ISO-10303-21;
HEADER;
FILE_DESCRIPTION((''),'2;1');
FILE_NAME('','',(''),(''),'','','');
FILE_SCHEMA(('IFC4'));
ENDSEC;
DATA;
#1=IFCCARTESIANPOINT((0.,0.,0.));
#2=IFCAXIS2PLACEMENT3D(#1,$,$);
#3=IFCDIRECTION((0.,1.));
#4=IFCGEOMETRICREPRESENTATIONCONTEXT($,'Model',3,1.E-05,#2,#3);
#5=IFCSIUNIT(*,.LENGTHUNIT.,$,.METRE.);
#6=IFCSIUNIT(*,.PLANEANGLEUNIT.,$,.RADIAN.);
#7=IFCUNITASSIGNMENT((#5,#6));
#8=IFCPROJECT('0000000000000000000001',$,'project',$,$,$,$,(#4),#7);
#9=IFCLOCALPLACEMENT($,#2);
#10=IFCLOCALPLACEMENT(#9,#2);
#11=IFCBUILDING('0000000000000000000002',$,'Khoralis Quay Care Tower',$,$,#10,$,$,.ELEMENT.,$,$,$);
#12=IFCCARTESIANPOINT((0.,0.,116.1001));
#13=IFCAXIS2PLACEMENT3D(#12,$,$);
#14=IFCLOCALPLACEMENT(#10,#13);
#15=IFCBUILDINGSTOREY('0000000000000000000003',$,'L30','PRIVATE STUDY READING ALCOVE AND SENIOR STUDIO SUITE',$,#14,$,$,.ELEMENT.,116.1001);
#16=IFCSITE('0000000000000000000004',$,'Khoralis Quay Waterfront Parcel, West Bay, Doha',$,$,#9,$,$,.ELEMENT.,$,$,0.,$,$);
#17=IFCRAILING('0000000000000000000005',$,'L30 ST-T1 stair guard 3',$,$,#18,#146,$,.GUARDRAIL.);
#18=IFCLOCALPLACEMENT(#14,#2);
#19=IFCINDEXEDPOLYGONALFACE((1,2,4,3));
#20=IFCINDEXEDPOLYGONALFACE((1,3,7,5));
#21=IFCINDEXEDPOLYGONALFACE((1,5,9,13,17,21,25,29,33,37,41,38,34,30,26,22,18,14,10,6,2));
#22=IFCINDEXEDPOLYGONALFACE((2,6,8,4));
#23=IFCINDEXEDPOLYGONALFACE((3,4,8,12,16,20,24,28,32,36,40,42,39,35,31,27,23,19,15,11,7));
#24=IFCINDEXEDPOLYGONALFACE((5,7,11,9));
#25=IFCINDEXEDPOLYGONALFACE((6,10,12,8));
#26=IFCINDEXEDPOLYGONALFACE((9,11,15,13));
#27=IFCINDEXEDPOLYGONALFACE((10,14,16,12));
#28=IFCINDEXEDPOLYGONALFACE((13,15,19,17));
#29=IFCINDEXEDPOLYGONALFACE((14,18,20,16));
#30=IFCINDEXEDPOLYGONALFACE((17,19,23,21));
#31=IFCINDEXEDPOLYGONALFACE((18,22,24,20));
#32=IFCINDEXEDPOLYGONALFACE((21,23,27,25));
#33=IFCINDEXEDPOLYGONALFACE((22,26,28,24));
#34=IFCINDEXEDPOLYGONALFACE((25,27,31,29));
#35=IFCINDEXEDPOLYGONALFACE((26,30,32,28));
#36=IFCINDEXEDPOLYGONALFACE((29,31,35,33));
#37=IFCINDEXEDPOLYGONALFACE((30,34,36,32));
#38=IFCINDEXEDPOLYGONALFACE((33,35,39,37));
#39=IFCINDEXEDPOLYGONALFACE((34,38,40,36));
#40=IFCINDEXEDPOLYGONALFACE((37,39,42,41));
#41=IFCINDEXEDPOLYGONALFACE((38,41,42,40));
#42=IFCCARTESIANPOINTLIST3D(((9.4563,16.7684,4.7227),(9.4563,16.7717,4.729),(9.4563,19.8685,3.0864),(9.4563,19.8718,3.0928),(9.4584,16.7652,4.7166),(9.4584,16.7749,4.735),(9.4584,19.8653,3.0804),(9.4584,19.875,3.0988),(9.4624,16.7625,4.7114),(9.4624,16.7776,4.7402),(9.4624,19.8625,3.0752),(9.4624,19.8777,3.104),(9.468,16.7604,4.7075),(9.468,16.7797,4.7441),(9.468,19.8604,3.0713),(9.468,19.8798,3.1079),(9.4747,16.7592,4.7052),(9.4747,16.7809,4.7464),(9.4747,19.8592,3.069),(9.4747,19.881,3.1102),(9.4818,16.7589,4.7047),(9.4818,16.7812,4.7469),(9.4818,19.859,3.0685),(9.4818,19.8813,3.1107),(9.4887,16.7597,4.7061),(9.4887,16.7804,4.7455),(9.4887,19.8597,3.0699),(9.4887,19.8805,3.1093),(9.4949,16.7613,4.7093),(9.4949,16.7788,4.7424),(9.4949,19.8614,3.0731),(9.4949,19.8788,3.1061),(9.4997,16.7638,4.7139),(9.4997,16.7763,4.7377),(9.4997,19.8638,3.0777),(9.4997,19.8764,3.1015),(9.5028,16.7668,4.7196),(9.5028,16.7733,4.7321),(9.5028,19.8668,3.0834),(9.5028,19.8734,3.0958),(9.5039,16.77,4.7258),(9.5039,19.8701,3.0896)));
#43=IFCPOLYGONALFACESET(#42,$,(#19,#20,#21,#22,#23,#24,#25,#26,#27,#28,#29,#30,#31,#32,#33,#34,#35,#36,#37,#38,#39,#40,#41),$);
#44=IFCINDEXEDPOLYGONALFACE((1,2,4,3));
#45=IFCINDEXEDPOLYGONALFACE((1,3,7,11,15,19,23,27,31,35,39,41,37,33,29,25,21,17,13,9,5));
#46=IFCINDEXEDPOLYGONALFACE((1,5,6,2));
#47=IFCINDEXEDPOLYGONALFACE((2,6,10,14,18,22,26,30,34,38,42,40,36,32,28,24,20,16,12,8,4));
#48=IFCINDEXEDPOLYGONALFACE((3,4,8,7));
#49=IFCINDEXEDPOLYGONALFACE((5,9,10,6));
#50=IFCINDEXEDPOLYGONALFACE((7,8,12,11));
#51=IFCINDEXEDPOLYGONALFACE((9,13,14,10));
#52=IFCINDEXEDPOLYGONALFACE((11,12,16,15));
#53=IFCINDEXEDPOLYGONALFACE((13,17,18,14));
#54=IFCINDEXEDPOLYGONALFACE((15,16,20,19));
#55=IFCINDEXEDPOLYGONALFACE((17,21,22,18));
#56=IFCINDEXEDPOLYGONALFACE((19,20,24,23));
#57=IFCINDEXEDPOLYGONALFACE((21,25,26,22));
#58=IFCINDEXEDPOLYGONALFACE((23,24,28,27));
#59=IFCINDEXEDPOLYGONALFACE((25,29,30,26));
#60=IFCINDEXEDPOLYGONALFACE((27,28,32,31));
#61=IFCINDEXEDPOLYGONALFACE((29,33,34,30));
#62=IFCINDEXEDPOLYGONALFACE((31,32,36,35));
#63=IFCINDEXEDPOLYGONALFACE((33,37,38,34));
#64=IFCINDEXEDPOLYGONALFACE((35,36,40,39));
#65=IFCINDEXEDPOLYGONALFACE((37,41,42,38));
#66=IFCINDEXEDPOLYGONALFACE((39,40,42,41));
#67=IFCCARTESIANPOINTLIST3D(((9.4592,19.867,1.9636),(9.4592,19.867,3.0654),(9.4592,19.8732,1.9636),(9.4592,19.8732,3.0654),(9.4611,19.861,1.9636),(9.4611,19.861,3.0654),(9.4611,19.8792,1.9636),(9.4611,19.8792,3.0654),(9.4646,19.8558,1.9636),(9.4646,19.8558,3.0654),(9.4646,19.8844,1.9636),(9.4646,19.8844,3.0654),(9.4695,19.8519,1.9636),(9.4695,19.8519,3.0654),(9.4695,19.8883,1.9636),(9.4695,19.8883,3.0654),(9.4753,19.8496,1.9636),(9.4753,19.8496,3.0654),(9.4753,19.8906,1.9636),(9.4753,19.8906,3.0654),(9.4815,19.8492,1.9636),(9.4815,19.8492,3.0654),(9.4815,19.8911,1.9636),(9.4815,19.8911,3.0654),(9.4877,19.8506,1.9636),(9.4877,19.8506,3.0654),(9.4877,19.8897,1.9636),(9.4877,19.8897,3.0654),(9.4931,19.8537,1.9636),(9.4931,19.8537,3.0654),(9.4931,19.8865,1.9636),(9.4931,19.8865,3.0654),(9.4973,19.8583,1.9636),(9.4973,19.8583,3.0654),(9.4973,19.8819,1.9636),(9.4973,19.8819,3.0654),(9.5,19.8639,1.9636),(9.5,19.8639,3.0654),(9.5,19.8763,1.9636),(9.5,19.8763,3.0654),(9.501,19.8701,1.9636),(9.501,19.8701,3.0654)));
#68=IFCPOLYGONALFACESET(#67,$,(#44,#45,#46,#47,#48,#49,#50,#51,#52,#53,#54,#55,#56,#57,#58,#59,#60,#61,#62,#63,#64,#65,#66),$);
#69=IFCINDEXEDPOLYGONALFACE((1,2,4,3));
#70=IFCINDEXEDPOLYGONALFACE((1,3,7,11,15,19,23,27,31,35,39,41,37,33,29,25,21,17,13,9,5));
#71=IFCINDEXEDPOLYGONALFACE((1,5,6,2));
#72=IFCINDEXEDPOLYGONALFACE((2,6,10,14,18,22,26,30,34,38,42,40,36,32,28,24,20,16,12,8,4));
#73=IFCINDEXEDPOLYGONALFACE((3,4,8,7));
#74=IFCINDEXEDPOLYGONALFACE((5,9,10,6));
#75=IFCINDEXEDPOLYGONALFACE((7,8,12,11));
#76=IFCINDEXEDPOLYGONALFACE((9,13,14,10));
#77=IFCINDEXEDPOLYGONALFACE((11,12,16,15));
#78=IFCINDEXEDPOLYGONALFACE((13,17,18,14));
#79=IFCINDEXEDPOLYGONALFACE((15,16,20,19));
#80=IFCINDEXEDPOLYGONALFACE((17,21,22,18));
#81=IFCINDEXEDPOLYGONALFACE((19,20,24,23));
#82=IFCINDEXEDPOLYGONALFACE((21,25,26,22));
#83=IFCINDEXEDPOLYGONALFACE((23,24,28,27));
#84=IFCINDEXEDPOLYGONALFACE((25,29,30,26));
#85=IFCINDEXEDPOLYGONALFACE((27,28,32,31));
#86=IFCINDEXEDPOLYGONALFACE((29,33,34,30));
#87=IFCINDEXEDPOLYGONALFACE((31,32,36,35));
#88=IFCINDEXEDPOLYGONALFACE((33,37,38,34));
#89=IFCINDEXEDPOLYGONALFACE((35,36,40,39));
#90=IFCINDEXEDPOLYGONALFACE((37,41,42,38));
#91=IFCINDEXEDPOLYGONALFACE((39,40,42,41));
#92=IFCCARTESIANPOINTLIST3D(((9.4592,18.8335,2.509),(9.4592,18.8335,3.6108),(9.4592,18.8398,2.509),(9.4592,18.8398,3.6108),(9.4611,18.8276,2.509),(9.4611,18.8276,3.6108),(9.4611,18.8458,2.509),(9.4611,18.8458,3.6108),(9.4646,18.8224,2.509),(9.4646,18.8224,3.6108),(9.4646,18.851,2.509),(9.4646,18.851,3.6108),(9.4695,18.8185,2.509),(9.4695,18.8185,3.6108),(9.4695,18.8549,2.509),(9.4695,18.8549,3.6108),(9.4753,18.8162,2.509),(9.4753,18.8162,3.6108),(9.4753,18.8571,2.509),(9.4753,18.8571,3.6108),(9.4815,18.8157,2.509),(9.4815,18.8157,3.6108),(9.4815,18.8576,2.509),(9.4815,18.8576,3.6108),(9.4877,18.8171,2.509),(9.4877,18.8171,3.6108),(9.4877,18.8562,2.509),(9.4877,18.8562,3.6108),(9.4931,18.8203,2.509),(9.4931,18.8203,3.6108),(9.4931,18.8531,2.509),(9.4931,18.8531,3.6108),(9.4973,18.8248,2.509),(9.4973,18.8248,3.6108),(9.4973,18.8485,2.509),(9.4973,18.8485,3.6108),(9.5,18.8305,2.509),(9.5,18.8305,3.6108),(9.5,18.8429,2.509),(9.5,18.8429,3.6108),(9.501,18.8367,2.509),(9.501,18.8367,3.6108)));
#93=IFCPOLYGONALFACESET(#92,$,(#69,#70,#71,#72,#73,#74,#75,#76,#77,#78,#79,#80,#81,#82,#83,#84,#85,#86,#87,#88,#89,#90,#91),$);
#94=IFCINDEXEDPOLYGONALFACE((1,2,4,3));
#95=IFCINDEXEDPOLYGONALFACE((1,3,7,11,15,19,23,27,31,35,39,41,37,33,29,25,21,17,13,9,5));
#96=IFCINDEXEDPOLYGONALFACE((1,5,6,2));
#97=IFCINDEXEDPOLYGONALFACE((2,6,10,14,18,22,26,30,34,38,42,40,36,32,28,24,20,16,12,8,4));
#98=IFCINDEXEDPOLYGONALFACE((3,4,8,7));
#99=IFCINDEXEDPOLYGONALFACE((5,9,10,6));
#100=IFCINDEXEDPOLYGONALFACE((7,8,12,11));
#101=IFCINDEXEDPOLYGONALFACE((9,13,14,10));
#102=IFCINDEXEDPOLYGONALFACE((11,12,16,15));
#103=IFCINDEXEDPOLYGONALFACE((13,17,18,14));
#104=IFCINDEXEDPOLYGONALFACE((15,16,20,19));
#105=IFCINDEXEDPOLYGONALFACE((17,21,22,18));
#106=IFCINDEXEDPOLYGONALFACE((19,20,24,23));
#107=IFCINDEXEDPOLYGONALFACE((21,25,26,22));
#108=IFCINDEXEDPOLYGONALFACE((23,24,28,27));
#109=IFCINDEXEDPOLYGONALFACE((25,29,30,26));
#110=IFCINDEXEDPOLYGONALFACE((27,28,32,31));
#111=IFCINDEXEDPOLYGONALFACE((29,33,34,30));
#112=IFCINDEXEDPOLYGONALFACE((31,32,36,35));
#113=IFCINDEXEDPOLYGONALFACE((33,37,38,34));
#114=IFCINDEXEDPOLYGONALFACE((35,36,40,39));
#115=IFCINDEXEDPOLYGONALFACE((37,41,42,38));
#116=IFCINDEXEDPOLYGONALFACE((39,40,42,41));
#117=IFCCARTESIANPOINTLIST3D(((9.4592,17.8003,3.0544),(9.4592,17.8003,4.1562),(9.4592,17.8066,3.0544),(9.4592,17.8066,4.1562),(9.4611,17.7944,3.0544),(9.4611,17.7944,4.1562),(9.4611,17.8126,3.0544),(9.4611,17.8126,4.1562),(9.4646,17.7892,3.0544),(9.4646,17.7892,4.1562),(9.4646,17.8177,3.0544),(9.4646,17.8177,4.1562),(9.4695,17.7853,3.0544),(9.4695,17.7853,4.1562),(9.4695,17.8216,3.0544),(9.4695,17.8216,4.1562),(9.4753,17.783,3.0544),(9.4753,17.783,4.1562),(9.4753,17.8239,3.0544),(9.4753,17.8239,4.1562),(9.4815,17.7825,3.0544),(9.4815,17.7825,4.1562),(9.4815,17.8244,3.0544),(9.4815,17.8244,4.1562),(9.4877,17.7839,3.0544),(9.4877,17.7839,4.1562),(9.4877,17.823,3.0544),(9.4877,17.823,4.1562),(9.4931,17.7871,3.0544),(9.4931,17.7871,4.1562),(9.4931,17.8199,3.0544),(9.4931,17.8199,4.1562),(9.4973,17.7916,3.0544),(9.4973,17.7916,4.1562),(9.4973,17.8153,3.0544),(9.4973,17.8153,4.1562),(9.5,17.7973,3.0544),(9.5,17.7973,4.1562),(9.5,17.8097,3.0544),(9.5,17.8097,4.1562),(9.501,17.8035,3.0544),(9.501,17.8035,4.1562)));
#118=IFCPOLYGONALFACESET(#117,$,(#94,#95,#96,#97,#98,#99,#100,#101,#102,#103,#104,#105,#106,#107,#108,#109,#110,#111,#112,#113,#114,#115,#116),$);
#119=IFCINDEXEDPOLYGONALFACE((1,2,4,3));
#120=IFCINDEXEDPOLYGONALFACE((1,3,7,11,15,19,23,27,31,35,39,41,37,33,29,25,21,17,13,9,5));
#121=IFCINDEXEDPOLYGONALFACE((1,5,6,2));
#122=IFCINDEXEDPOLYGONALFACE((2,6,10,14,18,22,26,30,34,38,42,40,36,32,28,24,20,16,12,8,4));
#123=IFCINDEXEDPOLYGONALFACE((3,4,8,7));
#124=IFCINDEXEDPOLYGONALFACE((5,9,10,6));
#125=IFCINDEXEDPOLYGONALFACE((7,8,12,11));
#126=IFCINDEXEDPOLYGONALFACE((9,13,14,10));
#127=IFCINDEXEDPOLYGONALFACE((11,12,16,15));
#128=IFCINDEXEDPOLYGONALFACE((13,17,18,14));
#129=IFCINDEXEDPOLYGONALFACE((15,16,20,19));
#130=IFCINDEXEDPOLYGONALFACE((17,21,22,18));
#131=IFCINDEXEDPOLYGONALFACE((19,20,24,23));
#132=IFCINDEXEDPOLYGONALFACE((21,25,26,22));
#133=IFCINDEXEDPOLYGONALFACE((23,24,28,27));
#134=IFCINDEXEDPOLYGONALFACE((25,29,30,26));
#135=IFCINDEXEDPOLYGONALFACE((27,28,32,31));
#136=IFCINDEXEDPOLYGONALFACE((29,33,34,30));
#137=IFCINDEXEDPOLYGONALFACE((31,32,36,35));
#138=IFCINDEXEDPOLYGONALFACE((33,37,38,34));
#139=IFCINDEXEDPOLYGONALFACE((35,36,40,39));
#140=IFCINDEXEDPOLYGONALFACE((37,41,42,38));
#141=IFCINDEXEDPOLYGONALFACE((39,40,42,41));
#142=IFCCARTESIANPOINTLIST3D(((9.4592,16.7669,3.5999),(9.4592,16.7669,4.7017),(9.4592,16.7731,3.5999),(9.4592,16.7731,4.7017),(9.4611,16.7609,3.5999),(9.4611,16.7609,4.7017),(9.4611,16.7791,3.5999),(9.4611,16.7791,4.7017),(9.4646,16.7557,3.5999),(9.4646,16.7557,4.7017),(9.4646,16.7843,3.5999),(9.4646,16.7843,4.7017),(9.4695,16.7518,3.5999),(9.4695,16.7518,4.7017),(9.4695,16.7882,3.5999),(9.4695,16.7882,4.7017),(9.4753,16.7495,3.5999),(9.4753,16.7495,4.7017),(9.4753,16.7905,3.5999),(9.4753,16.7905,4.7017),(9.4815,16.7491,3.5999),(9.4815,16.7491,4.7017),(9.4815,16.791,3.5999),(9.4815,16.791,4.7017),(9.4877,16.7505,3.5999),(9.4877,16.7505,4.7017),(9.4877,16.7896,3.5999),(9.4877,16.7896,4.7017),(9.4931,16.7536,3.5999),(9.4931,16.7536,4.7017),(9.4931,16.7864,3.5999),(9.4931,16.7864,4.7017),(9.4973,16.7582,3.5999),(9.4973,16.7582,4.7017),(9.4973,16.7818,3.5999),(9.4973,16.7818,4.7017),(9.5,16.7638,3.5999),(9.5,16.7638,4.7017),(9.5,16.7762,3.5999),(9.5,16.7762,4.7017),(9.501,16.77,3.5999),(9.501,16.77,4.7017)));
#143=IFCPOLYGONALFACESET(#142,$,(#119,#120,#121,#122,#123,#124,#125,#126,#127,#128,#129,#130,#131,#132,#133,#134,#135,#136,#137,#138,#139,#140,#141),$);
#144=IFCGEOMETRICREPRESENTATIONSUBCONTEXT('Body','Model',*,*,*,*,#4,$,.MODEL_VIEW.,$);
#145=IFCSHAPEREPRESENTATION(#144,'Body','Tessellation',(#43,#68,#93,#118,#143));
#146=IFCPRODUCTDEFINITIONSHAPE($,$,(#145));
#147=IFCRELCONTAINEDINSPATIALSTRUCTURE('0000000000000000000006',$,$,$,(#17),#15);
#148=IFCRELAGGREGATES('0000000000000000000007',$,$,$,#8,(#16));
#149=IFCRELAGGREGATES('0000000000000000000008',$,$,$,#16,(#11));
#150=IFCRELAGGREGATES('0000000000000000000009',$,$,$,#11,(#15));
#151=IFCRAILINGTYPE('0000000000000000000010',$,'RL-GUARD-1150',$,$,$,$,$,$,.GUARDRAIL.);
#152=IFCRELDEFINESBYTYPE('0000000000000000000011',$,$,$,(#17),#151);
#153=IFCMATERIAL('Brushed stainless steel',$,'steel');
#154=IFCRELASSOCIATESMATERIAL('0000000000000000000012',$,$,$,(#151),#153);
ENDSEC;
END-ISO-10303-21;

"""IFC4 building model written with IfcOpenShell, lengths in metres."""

from ifc_helpers import new_model, si_unit, direction, frame, origin, origin_2d, place, context, subcontext, project, spatial, circle, extrude, material, type_object, element, save


model = new_model("IFC4")

# Units and contexts
model_context = context("Model", 3, precision=1e-05, world=origin(), true_north=direction((0.0, 1.0)))
body_context = subcontext(model_context, "Body", "Model", "MODEL_VIEW")
ifc_project = project(units=[si_unit("LENGTHUNIT", "METRE"), si_unit("PLANEANGLEUNIT", "RADIAN")], contexts=[model_context])

# Site, building, storey
site_placement = place(None, origin())
site = spatial("IfcSite", under=ifc_project, at=site_placement, Name="Khoralis Quay Waterfront Parcel, West Bay, Doha", CompositionType="ELEMENT", RefElevation=0.0)
building_placement = place(site_placement, origin())
building = spatial("IfcBuilding", under=site, at=building_placement, Name="Khoralis Quay Care Tower", CompositionType="ELEMENT")
storey_placement = place(building_placement, frame((0.0, 0.0, 116.1001)))
storey = spatial("IfcBuildingStorey", under=building, at=storey_placement, Name="L30", Description="PRIVATE STUDY READING ALCOVE AND SENIOR STUDIO SUITE", CompositionType="ELEMENT", Elevation=116.1001)

# Railing
ifc_material_1 = material(Name="Brushed stainless steel", Category="steel")
railing_type_1 = type_object("IfcRailingType", Name="RL-GUARD-1150", PredefinedType="GUARDRAIL", material=ifc_material_1)
railing_1_placement = place(storey_placement, frame((9.48, 19.8701, 1.9636)))
element("IfcRailing", 1, at=railing_1_placement, inside=storey, type_object=railing_type_1, Name="L30 ST-T1 stair guard 3", PredefinedType="GUARDRAIL", context=body_context, shape_type="SweptSolid", body=[
    extrude(circle(Radius=0.0239, at=origin_2d()), frame((0.0, 0.0, 1.126), z_axis=(0.0, -0.884377, 0.466774), x_axis=(1.0, 0.0, 0.0)), (0.0, 0.0, 1.0), 3.5054),
    extrude(circle(Radius=0.021, at=origin_2d()), origin(), (0.0, 0.0, 1.0), 1.1018),
    extrude(circle(Radius=0.021, at=origin_2d()), frame((0.0, -1.0334, 0.5454)), (0.0, 0.0, 1.0), 1.1018),
    extrude(circle(Radius=0.021, at=origin_2d()), frame((0.0, -2.0667, 1.0908)), (0.0, 0.0, 1.0), 1.1018),
    extrude(circle(Radius=0.021, at=origin_2d()), frame((0.0, -3.1001, 1.6362)), (0.0, 0.0, 1.0), 1.1018),
])

save(model, "model.ifc")
